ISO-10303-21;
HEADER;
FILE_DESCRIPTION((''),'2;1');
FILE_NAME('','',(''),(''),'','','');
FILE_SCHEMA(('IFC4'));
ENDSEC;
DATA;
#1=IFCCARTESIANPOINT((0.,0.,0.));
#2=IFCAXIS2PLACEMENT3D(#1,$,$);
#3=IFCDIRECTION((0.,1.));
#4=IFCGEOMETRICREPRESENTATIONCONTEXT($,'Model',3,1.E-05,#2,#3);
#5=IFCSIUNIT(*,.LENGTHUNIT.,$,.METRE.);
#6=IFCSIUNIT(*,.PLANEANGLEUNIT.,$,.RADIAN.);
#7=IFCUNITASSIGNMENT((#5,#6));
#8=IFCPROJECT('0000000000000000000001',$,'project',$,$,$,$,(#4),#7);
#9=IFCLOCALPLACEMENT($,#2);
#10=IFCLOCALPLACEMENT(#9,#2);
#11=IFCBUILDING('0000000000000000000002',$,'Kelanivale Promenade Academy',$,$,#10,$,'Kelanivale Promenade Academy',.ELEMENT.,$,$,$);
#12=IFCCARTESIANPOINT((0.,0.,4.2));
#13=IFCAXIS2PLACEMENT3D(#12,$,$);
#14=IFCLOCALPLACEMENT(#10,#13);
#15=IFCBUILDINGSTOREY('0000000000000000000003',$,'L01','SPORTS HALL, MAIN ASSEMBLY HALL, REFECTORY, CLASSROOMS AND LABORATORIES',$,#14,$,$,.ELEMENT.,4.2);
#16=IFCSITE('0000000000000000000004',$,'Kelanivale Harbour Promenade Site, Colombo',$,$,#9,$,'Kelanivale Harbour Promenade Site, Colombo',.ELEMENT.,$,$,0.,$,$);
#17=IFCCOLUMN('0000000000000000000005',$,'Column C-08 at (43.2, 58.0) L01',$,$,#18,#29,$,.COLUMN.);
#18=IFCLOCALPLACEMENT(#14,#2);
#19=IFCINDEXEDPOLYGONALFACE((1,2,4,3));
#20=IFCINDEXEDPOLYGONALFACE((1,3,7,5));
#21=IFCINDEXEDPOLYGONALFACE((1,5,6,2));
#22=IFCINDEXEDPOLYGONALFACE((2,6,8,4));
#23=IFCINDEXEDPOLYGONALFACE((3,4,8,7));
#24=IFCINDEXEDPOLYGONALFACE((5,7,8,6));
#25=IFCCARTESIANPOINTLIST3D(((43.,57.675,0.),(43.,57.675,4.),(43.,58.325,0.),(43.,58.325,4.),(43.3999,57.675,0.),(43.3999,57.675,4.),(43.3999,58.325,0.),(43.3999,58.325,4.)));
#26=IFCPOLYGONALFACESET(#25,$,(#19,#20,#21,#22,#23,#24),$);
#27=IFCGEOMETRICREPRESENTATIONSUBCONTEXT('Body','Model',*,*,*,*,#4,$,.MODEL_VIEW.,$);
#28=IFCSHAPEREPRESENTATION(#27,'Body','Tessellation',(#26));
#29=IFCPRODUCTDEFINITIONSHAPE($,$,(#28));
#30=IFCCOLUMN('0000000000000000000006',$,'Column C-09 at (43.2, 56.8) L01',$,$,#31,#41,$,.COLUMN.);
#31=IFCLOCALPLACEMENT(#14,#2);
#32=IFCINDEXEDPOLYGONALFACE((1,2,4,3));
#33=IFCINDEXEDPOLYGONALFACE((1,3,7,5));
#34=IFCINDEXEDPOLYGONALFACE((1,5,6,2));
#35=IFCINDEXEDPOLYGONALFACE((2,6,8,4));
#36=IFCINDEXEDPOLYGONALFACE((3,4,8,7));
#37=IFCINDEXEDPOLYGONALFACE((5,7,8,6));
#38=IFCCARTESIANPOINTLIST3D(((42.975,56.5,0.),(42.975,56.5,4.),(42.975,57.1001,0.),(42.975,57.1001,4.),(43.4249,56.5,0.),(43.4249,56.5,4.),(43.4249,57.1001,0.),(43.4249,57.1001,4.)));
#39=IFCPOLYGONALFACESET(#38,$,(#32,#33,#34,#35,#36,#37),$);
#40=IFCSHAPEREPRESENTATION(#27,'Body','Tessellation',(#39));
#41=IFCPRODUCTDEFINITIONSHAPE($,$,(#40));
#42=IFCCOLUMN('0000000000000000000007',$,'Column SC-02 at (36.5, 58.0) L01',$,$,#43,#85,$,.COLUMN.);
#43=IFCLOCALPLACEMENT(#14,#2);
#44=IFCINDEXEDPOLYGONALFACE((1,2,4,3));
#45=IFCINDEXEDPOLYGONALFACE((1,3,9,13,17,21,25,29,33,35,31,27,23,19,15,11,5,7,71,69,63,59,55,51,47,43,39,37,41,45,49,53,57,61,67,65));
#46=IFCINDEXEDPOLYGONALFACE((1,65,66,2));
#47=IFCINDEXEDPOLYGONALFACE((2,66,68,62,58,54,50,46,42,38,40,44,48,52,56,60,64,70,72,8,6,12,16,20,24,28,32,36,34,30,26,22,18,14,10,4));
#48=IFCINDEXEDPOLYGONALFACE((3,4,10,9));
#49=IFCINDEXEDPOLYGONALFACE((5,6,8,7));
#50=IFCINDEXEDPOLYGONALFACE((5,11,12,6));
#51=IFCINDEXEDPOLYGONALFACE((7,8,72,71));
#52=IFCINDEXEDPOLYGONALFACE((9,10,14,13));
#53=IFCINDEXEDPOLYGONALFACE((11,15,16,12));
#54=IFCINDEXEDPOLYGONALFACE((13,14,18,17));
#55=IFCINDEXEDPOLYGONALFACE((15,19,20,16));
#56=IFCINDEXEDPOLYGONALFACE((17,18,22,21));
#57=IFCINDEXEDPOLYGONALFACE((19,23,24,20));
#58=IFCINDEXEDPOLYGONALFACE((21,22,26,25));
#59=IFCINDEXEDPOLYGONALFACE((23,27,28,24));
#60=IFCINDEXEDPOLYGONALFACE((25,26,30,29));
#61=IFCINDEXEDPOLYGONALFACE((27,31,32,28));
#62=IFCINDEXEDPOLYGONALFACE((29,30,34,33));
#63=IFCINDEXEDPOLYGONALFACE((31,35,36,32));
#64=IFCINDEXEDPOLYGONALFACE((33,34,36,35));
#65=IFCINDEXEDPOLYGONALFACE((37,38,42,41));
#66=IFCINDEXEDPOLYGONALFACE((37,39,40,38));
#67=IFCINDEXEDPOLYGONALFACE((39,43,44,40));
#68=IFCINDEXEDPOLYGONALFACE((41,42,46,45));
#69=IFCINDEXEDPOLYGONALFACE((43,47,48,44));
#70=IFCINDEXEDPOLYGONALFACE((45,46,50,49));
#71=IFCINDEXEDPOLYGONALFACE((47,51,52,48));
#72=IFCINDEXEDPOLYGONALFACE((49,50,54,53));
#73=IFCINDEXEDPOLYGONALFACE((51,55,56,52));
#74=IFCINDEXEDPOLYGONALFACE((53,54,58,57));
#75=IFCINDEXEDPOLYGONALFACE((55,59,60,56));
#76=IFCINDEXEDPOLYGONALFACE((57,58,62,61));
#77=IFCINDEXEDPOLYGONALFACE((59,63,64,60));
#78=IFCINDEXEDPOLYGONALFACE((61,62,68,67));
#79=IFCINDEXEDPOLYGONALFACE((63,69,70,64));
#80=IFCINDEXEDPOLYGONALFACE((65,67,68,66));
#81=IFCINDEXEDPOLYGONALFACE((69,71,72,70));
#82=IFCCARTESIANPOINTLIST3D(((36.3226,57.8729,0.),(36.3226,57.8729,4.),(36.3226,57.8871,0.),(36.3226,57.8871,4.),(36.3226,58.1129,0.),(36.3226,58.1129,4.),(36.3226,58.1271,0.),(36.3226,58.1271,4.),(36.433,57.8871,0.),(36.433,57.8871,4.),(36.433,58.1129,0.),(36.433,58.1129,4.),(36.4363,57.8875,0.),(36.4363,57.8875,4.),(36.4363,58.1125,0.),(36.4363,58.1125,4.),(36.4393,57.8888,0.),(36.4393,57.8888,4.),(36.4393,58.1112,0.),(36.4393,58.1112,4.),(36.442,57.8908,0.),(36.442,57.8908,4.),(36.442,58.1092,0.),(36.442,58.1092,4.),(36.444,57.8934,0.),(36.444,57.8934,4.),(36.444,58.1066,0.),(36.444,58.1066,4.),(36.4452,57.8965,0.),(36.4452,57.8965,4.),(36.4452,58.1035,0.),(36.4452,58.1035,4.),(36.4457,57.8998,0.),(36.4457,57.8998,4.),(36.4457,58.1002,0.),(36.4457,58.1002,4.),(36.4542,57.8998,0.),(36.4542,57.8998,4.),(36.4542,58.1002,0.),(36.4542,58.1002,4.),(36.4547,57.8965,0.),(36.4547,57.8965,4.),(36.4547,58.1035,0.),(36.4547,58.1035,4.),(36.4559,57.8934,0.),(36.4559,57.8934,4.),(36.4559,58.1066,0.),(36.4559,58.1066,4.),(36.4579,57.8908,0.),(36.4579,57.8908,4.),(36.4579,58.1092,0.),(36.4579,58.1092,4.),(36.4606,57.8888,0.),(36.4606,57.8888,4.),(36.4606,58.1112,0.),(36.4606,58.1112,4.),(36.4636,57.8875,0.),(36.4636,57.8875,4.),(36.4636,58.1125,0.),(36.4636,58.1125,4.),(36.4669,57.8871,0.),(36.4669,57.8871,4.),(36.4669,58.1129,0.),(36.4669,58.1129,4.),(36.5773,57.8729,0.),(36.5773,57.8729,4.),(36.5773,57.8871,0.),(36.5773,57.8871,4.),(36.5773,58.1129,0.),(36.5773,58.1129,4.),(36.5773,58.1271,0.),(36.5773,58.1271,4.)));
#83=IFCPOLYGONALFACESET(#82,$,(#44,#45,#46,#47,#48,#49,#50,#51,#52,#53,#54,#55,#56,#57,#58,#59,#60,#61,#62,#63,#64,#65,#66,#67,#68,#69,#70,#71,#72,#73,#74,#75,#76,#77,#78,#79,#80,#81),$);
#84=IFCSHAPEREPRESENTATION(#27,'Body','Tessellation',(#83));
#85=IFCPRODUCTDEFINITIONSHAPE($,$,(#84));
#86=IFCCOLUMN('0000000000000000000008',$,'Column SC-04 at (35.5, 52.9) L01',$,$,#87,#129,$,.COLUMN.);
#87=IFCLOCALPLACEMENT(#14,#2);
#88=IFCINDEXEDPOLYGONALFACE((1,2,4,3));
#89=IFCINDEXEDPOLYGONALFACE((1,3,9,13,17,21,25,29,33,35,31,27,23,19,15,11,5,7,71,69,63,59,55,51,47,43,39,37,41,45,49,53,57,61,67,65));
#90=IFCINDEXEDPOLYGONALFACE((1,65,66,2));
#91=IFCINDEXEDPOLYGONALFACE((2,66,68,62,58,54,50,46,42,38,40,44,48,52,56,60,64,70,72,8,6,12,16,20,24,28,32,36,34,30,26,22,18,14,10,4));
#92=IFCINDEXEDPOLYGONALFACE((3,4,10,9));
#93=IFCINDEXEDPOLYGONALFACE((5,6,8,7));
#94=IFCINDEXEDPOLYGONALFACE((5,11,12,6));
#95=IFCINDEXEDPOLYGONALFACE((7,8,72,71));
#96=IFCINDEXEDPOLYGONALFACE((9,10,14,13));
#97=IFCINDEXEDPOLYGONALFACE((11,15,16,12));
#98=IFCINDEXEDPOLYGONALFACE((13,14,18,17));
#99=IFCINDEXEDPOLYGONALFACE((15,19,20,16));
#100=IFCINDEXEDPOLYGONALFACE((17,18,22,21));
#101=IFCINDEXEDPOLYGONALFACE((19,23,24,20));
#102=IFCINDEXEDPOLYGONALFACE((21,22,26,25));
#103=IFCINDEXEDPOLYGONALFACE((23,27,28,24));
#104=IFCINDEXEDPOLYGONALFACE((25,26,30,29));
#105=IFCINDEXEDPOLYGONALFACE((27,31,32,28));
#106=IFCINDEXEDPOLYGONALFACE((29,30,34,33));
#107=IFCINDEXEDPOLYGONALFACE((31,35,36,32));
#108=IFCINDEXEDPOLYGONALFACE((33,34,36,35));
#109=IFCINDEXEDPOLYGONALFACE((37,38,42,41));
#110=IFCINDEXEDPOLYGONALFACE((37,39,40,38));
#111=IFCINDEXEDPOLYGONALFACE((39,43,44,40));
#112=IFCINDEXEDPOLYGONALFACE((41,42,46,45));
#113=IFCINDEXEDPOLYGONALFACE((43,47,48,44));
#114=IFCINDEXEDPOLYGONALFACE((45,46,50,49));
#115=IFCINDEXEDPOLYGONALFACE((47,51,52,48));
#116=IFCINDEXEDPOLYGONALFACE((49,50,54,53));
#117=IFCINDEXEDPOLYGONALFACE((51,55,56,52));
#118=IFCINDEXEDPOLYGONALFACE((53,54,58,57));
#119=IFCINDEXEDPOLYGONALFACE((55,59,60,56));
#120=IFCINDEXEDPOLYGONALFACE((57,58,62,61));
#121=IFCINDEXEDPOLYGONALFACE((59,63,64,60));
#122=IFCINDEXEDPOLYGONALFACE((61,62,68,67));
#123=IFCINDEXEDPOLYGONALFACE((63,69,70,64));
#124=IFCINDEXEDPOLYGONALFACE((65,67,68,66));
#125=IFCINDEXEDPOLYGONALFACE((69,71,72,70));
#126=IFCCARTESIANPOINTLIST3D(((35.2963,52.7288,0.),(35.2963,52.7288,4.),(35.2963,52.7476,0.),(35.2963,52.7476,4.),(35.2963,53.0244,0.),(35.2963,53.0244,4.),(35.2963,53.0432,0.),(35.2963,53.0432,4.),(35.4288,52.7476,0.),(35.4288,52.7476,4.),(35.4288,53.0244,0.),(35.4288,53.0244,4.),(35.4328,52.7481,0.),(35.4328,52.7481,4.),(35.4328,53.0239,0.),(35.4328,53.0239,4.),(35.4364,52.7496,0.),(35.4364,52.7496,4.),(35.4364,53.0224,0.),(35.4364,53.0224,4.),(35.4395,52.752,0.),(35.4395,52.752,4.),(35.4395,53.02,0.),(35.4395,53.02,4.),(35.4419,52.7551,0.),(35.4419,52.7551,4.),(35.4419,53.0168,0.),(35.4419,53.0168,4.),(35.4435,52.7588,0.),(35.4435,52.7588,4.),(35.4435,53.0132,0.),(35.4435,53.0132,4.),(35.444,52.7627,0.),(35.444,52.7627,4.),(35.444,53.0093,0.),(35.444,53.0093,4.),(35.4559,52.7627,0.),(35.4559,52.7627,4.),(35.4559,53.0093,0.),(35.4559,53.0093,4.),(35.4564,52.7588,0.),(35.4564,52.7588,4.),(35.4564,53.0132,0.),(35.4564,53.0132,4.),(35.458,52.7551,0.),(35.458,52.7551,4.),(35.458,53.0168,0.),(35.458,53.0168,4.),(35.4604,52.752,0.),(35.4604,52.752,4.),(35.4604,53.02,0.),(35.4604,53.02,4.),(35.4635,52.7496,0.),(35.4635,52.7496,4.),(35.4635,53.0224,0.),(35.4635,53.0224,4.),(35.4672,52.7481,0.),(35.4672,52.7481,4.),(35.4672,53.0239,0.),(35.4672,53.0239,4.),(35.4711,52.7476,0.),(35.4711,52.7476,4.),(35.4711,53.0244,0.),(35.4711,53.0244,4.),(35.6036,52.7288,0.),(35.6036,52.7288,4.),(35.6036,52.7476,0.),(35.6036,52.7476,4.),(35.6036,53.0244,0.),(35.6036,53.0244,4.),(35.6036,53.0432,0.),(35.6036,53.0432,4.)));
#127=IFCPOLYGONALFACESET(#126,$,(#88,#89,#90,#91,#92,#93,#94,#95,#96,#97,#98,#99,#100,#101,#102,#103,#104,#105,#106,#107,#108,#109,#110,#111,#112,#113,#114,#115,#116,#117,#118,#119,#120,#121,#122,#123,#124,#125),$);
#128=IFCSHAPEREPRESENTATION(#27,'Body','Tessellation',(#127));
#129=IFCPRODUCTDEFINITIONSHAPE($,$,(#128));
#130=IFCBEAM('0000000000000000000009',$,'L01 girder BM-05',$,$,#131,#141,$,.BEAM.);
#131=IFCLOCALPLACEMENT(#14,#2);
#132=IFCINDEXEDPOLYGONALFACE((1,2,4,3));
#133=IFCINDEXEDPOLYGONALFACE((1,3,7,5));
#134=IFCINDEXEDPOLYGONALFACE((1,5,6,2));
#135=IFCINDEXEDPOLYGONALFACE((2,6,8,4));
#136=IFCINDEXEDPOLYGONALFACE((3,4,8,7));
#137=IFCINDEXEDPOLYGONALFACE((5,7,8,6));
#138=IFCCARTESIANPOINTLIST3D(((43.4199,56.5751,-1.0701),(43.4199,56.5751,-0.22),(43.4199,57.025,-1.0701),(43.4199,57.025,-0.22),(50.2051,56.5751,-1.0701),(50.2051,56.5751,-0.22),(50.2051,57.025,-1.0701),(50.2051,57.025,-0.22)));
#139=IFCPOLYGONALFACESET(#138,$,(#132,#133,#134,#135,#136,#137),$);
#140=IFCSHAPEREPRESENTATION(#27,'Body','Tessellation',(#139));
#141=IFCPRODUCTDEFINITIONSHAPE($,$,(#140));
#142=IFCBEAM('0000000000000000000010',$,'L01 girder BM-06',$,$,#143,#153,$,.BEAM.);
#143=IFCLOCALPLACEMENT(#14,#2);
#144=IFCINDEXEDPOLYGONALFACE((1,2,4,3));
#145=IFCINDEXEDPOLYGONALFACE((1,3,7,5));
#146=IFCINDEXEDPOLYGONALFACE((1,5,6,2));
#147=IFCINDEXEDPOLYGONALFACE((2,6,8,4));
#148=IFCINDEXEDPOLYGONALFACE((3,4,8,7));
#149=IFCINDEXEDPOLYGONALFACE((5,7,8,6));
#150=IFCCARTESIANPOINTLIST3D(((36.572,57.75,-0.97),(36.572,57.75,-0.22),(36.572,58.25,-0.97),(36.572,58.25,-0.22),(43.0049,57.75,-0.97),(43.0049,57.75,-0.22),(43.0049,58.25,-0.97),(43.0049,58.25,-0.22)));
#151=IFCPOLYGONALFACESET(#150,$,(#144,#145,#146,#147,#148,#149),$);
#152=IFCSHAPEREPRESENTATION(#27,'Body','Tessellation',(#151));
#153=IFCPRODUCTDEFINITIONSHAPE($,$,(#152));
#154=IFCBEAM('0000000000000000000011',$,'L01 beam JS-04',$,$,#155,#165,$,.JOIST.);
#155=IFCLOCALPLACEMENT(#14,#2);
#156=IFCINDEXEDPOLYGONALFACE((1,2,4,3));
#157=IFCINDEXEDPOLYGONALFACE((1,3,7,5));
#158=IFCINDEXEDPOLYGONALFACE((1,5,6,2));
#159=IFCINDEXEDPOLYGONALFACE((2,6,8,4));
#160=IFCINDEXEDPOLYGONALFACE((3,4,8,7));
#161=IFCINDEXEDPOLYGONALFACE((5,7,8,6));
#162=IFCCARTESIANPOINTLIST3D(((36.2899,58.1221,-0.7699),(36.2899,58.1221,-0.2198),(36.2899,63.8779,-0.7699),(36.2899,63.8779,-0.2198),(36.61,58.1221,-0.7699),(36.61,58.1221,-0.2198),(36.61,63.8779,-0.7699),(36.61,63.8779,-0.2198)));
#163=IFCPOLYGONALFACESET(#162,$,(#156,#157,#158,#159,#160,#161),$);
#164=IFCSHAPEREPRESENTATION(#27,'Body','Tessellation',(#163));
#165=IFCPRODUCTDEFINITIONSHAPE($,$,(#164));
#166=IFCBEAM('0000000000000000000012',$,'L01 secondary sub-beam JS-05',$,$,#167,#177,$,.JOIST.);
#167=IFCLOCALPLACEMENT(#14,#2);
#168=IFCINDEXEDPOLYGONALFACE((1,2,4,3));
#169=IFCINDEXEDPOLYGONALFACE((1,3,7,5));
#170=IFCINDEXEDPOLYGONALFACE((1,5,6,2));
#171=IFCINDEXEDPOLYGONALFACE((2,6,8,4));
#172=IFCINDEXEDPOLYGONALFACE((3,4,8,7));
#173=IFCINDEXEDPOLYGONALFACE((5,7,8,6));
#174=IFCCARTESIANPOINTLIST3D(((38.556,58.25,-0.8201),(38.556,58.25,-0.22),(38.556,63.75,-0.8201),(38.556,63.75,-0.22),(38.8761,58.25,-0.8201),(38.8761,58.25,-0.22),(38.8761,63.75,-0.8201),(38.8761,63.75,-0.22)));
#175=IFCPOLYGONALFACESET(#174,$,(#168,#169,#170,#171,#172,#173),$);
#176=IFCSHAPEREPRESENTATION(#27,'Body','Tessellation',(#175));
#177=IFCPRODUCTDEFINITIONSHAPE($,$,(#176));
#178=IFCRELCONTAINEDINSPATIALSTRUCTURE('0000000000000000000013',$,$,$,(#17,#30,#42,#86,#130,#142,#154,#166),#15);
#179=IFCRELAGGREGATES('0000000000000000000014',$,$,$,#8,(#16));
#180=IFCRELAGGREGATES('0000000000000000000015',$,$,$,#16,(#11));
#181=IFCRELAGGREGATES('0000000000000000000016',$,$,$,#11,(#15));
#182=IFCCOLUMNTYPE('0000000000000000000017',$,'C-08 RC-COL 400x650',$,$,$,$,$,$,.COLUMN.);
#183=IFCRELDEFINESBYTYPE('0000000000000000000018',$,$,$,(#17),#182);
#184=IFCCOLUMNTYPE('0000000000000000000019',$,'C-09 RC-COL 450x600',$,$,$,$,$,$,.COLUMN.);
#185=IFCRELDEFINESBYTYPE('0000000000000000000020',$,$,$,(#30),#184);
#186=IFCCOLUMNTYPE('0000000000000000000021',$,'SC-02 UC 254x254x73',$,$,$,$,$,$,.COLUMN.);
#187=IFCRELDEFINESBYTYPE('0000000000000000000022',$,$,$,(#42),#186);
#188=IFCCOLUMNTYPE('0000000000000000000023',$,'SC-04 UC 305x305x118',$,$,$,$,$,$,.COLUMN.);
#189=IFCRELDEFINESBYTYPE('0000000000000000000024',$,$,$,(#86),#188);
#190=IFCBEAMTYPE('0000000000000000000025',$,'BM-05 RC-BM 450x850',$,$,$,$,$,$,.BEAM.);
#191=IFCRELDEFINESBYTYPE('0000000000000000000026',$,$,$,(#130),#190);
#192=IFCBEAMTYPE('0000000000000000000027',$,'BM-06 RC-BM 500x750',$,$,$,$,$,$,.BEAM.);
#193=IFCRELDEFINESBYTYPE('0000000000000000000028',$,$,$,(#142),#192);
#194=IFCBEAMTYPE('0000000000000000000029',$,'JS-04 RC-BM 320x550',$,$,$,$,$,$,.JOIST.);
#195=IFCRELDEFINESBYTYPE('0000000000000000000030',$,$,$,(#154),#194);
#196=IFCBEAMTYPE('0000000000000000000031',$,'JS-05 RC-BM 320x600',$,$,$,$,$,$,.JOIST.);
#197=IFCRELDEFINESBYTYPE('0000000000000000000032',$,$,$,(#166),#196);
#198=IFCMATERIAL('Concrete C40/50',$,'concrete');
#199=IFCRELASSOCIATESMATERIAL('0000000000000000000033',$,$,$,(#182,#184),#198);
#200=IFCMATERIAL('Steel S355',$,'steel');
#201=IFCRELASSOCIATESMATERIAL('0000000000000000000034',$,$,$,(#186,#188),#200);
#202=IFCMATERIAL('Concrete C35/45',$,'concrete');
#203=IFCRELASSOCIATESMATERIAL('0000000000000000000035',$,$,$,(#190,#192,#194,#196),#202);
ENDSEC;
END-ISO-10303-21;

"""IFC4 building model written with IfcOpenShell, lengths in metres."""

from ifc_helpers import new_model, si_unit, direction, frame, origin, origin_2d, place, context, subcontext, project, spatial, rectangle, i_section, extrude, material, material_profile, profile_set, type_object, element, save


model = new_model("IFC4")

# Units and contexts
model_context = context("Model", 3, precision=1e-05, world=origin(), true_north=direction((0.0, 1.0)))
body_context = subcontext(model_context, "Body", "Model", "MODEL_VIEW")
ifc_project = project(units=[si_unit("LENGTHUNIT", "METRE"), si_unit("PLANEANGLEUNIT", "RADIAN")], contexts=[model_context])

# Site, building, storey
site_placement = place(None, origin())
site = spatial("IfcSite", under=ifc_project, at=site_placement, Name="Kelanivale Harbour Promenade Site, Colombo", LongName="Kelanivale Harbour Promenade Site, Colombo", CompositionType="ELEMENT", RefElevation=0.0)
building_placement = place(site_placement, origin())
building = spatial("IfcBuilding", under=site, at=building_placement, Name="Kelanivale Promenade Academy", LongName="Kelanivale Promenade Academy", CompositionType="ELEMENT")
storey_placement = place(building_placement, frame((0.0, 0.0, 4.2)))
storey = spatial("IfcBuildingStorey", under=building, at=storey_placement, Name="L01", Description="SPORTS HALL, MAIN ASSEMBLY HALL, REFECTORY, CLASSROOMS AND LABORATORIES", CompositionType="ELEMENT", Elevation=4.2)

# Columns
ifc_material_1 = material(Name="Concrete C40/50", Category="concrete")
ifc_material_profile_1 = material_profile(ifc_material_1, rectangle(XDim=0.3999, YDim=0.6499, at=origin_2d()), Name="RC-COL 400x650")
ifc_profile_set_1 = profile_set([ifc_material_profile_1], Name="Concrete C40/50")
column_type_1 = type_object("IfcColumnType", Name="C-08 RC-COL 400x650", PredefinedType="COLUMN", material=ifc_profile_set_1)
column_1_placement = place(storey_placement, frame((43.2, 58.0, 0.0), z_axis=(0.0, 0.0, 1.0), x_axis=(1.0, 0.0, 0.0)))
element("IfcColumn", 1, at=column_1_placement, inside=storey, type_object=column_type_1, Name="Column C-08 at (43.2, 58.0) L01", PredefinedType="COLUMN", context=body_context, shape_type="SweptSolid", body=[
    extrude(rectangle(XDim=0.3999, YDim=0.6499, at=origin_2d()), origin(), (0.0, 0.0, 1.0), 4.0),
])
ifc_material_profile_2 = material_profile(ifc_material_1, rectangle(XDim=0.45, YDim=0.6001, at=origin_2d()), Name="RC-COL 450x600")
ifc_profile_set_2 = profile_set([ifc_material_profile_2], Name="Concrete C40/50")
column_type_2 = type_object("IfcColumnType", Name="C-09 RC-COL 450x600", PredefinedType="COLUMN", material=ifc_profile_set_2)
column_2_placement = place(storey_placement, frame((43.2, 56.8, 0.0), z_axis=(0.0, 0.0, 1.0), x_axis=(1.0, 0.0, 0.0)))
element("IfcColumn", 2, at=column_2_placement, inside=storey, type_object=column_type_2, Name="Column C-09 at (43.2, 56.8) L01", PredefinedType="COLUMN", context=body_context, shape_type="SweptSolid", body=[
    extrude(rectangle(XDim=0.45, YDim=0.6001, at=origin_2d()), origin(), (0.0, 0.0, 1.0), 4.0),
])
ifc_material_2 = material(Name="Steel S355", Category="steel")
ifc_material_profile_3 = material_profile(ifc_material_2, i_section(OverallWidth=0.2546, OverallDepth=0.2542, WebThickness=0.0085, FlangeThickness=0.0142, FilletRadius=0.0127, at=origin_2d()), Name="UC 254x254x73")
ifc_profile_set_3 = profile_set([ifc_material_profile_3], Name="Steel S355")
column_type_3 = type_object("IfcColumnType", Name="SC-02 UC 254x254x73", PredefinedType="COLUMN", material=ifc_profile_set_3)
column_3_placement = place(storey_placement, frame((36.45, 58.0, 0.0), z_axis=(0.0, 0.0, 1.0), x_axis=(1.0, 0.0, 0.0)))
element("IfcColumn", 3, at=column_3_placement, inside=storey, type_object=column_type_3, Name="Column SC-02 at (36.5, 58.0) L01", PredefinedType="COLUMN", context=body_context, shape_type="SweptSolid", body=[
    extrude(i_section(OverallWidth=0.2546, OverallDepth=0.2542, WebThickness=0.0085, FlangeThickness=0.0142, FilletRadius=0.0127, at=origin_2d()), origin(), (0.0, 0.0, 1.0), 4.0),
])
ifc_material_profile_4 = material_profile(ifc_material_2, i_section(OverallWidth=0.3074, OverallDepth=0.3145, WebThickness=0.012, FlangeThickness=0.0188, FilletRadius=0.0151, at=origin_2d()), Name="UC 305x305x118")
ifc_profile_set_4 = profile_set([ifc_material_profile_4], Name="Steel S355")
column_type_4 = type_object("IfcColumnType", Name="SC-04 UC 305x305x118", PredefinedType="COLUMN", material=ifc_profile_set_4)
column_4_placement = place(storey_placement, frame((35.45, 52.886, 0.0), z_axis=(0.0, 0.0, 1.0), x_axis=(1.0, 0.0, 0.0)))
element("IfcColumn", 4, at=column_4_placement, inside=storey, type_object=column_type_4, Name="Column SC-04 at (35.5, 52.9) L01", PredefinedType="COLUMN", context=body_context, shape_type="SweptSolid", body=[
    extrude(i_section(OverallWidth=0.3074, OverallDepth=0.3145, WebThickness=0.012, FlangeThickness=0.0188, FilletRadius=0.0151, at=origin_2d()), origin(), (0.0, 0.0, 1.0), 4.0),
])

# Beams
ifc_material_3 = material(Name="Concrete C35/45", Category="concrete")
ifc_material_profile_5 = material_profile(ifc_material_3, rectangle(XDim=0.45, YDim=0.8501, at=origin_2d()), Name="RC-BM 450x850")
ifc_profile_set_5 = profile_set([ifc_material_profile_5], Name="Concrete C35/45")
beam_type_1 = type_object("IfcBeamType", Name="BM-05 RC-BM 450x850", PredefinedType="BEAM", material=ifc_profile_set_5)
beam_1_placement = place(storey_placement, frame((43.4199, 56.8, -0.645), z_axis=(1.0, 0.0, 0.0), x_axis=(0.0, 1.0, 0.0)))
element("IfcBeam", 5, at=beam_1_placement, inside=storey, type_object=beam_type_1, Name="L01 girder BM-05", PredefinedType="BEAM", context=body_context, shape_type="SweptSolid", body=[
    extrude(rectangle(XDim=0.45, YDim=0.8501, at=origin_2d()), origin(), (0.0, 0.0, 1.0), 6.7852),
])
ifc_material_profile_6 = material_profile(ifc_material_3, rectangle(XDim=0.5, YDim=0.75, at=origin_2d()), Name="RC-BM 500x750")
ifc_profile_set_6 = profile_set([ifc_material_profile_6], Name="Concrete C35/45")
beam_type_2 = type_object("IfcBeamType", Name="BM-06 RC-BM 500x750", PredefinedType="BEAM", material=ifc_profile_set_6)
beam_2_placement = place(storey_placement, frame((36.572, 58.0, -0.595), z_axis=(1.0, 0.0, 0.0), x_axis=(0.0, 1.0, 0.0)))
element("IfcBeam", 6, at=beam_2_placement, inside=storey, type_object=beam_type_2, Name="L01 girder BM-06", PredefinedType="BEAM", context=body_context, shape_type="SweptSolid", body=[
    extrude(rectangle(XDim=0.5, YDim=0.75, at=origin_2d()), origin(), (0.0, 0.0, 1.0), 6.4329),
])
ifc_material_profile_7 = material_profile(ifc_material_3, rectangle(XDim=0.3201, YDim=0.55, at=origin_2d()), Name="RC-BM 320x550")
ifc_profile_set_7 = profile_set([ifc_material_profile_7], Name="Concrete C35/45")
beam_type_3 = type_object("IfcBeamType", Name="JS-04 RC-BM 320x550", PredefinedType="JOIST", material=ifc_profile_set_7)
beam_3_placement = place(storey_placement, frame((36.45, 58.1221, -0.4949), z_axis=(0.0, 1.0, 0.0), x_axis=(-1.0, 0.0, 0.0)))
element("IfcBeam", 7, at=beam_3_placement, inside=storey, type_object=beam_type_3, Name="L01 beam JS-04", PredefinedType="JOIST", context=body_context, shape_type="SweptSolid", body=[
    extrude(rectangle(XDim=0.3201, YDim=0.55, at=origin_2d()), origin(), (0.0, 0.0, 1.0), 5.7559),
])
ifc_material_profile_8 = material_profile(ifc_material_3, rectangle(XDim=0.3201, YDim=0.6001, at=origin_2d()), Name="RC-BM 320x600")
ifc_profile_set_8 = profile_set([ifc_material_profile_8], Name="Concrete C35/45")
beam_type_4 = type_object("IfcBeamType", Name="JS-05 RC-BM 320x600", PredefinedType="JOIST", material=ifc_profile_set_8)
beam_4_placement = place(storey_placement, frame((38.7161, 58.25, -0.52), z_axis=(0.0, 1.0, 0.0), x_axis=(-1.0, 0.0, 0.0)))
element("IfcBeam", 8, at=beam_4_placement, inside=storey, type_object=beam_type_4, Name="L01 secondary sub-beam JS-05", PredefinedType="JOIST", context=body_context, shape_type="SweptSolid", body=[
    extrude(rectangle(XDim=0.3201, YDim=0.6001, at=origin_2d()), origin(), (0.0, 0.0, 1.0), 5.5),
])

save(model, "model.ifc")
